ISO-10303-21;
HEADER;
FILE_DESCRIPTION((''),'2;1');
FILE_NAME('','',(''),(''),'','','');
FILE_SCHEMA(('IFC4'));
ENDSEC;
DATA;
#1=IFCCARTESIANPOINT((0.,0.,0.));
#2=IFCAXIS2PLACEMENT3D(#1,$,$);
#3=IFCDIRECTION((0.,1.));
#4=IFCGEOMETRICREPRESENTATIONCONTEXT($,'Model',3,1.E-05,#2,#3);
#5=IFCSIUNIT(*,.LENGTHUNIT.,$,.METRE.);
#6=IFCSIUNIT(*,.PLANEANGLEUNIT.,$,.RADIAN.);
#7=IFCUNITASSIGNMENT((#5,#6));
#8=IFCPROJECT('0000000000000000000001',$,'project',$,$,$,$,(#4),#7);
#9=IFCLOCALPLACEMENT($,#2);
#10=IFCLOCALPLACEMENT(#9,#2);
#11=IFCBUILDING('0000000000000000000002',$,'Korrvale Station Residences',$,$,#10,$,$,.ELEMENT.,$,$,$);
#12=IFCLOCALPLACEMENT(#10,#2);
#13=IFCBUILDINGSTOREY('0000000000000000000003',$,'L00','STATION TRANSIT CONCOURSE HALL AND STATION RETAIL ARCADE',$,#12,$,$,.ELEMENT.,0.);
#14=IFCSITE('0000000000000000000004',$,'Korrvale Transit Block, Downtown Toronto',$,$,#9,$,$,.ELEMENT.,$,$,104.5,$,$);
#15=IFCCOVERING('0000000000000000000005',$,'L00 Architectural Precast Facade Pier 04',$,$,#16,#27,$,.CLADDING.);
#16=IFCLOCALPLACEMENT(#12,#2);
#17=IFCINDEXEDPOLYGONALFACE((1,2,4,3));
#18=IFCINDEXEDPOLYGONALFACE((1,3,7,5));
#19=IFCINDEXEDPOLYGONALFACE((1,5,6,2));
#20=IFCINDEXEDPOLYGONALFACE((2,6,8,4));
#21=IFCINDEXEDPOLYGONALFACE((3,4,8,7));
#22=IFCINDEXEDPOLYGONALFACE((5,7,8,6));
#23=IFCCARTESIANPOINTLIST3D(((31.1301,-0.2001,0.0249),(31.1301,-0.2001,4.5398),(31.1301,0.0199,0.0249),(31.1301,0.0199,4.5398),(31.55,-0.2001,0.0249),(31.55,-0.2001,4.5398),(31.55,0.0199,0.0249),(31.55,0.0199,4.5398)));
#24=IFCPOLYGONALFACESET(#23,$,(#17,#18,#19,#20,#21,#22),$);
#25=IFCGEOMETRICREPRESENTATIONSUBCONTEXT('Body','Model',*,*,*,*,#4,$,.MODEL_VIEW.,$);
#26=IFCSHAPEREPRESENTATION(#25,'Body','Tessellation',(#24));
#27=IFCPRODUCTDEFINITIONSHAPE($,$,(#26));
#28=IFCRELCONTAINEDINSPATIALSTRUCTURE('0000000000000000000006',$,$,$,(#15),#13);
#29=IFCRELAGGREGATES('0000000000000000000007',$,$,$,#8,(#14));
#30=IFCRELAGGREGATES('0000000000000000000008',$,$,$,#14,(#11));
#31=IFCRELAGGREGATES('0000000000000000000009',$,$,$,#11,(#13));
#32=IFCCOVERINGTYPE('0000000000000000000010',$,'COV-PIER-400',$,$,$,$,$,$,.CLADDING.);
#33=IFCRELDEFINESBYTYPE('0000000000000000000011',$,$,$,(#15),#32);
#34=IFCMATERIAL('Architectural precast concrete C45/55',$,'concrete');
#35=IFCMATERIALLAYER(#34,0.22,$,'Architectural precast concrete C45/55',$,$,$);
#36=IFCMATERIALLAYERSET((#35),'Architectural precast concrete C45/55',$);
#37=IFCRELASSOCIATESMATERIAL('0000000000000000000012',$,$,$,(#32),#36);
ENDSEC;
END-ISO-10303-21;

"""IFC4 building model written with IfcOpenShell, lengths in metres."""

from ifc_helpers import new_model, si_unit, direction, frame, origin, origin_2d, place, context, subcontext, project, spatial, rectangle, extrude, material, layer, layer_set, type_object, element, save


model = new_model("IFC4")

# Units and contexts
model_context = context("Model", 3, precision=1e-05, world=origin(), true_north=direction((0.0, 1.0)))
body_context = subcontext(model_context, "Body", "Model", "MODEL_VIEW")
ifc_project = project(units=[si_unit("LENGTHUNIT", "METRE"), si_unit("PLANEANGLEUNIT", "RADIAN")], contexts=[model_context])

# Site, building, storey
site_placement = place(None, origin())
site = spatial("IfcSite", under=ifc_project, at=site_placement, Name="Korrvale Transit Block, Downtown Toronto", CompositionType="ELEMENT", RefElevation=104.5)
building_placement = place(site_placement, origin())
building = spatial("IfcBuilding", under=site, at=building_placement, Name="Korrvale Station Residences", CompositionType="ELEMENT")
storey_placement = place(building_placement, origin())
storey = spatial("IfcBuildingStorey", under=building, at=storey_placement, Name="L00", Description="STATION TRANSIT CONCOURSE HALL AND STATION RETAIL ARCADE", CompositionType="ELEMENT", Elevation=0.0)

# Covering
ifc_material_1 = material(Name="Architectural precast concrete C45/55", Category="concrete")
ifc_layer_1 = layer(ifc_material_1, 0.22, Name="Architectural precast concrete C45/55")
ifc_layer_set_1 = layer_set([ifc_layer_1], Name="Architectural precast concrete C45/55")
covering_type = type_object("IfcCoveringType", Name="COV-PIER-400", PredefinedType="CLADDING", material=ifc_layer_set_1)
covering_placement = place(storey_placement, frame((31.3401, -0.0901, 0.0249), z_axis=(0.0, 0.0, 1.0), x_axis=(1.0, 0.0, 0.0)))
element("IfcCovering", 1, at=covering_placement, inside=storey, type_object=covering_type, Name="L00 Architectural Precast Facade Pier 04", PredefinedType="CLADDING", context=body_context, shape_type="SweptSolid", body=[
    extrude(rectangle(XDim=0.4199, YDim=0.22, at=origin_2d()), origin(), (0.0, 0.0, 1.0), 4.5149),
])

save(model, "model.ifc")
